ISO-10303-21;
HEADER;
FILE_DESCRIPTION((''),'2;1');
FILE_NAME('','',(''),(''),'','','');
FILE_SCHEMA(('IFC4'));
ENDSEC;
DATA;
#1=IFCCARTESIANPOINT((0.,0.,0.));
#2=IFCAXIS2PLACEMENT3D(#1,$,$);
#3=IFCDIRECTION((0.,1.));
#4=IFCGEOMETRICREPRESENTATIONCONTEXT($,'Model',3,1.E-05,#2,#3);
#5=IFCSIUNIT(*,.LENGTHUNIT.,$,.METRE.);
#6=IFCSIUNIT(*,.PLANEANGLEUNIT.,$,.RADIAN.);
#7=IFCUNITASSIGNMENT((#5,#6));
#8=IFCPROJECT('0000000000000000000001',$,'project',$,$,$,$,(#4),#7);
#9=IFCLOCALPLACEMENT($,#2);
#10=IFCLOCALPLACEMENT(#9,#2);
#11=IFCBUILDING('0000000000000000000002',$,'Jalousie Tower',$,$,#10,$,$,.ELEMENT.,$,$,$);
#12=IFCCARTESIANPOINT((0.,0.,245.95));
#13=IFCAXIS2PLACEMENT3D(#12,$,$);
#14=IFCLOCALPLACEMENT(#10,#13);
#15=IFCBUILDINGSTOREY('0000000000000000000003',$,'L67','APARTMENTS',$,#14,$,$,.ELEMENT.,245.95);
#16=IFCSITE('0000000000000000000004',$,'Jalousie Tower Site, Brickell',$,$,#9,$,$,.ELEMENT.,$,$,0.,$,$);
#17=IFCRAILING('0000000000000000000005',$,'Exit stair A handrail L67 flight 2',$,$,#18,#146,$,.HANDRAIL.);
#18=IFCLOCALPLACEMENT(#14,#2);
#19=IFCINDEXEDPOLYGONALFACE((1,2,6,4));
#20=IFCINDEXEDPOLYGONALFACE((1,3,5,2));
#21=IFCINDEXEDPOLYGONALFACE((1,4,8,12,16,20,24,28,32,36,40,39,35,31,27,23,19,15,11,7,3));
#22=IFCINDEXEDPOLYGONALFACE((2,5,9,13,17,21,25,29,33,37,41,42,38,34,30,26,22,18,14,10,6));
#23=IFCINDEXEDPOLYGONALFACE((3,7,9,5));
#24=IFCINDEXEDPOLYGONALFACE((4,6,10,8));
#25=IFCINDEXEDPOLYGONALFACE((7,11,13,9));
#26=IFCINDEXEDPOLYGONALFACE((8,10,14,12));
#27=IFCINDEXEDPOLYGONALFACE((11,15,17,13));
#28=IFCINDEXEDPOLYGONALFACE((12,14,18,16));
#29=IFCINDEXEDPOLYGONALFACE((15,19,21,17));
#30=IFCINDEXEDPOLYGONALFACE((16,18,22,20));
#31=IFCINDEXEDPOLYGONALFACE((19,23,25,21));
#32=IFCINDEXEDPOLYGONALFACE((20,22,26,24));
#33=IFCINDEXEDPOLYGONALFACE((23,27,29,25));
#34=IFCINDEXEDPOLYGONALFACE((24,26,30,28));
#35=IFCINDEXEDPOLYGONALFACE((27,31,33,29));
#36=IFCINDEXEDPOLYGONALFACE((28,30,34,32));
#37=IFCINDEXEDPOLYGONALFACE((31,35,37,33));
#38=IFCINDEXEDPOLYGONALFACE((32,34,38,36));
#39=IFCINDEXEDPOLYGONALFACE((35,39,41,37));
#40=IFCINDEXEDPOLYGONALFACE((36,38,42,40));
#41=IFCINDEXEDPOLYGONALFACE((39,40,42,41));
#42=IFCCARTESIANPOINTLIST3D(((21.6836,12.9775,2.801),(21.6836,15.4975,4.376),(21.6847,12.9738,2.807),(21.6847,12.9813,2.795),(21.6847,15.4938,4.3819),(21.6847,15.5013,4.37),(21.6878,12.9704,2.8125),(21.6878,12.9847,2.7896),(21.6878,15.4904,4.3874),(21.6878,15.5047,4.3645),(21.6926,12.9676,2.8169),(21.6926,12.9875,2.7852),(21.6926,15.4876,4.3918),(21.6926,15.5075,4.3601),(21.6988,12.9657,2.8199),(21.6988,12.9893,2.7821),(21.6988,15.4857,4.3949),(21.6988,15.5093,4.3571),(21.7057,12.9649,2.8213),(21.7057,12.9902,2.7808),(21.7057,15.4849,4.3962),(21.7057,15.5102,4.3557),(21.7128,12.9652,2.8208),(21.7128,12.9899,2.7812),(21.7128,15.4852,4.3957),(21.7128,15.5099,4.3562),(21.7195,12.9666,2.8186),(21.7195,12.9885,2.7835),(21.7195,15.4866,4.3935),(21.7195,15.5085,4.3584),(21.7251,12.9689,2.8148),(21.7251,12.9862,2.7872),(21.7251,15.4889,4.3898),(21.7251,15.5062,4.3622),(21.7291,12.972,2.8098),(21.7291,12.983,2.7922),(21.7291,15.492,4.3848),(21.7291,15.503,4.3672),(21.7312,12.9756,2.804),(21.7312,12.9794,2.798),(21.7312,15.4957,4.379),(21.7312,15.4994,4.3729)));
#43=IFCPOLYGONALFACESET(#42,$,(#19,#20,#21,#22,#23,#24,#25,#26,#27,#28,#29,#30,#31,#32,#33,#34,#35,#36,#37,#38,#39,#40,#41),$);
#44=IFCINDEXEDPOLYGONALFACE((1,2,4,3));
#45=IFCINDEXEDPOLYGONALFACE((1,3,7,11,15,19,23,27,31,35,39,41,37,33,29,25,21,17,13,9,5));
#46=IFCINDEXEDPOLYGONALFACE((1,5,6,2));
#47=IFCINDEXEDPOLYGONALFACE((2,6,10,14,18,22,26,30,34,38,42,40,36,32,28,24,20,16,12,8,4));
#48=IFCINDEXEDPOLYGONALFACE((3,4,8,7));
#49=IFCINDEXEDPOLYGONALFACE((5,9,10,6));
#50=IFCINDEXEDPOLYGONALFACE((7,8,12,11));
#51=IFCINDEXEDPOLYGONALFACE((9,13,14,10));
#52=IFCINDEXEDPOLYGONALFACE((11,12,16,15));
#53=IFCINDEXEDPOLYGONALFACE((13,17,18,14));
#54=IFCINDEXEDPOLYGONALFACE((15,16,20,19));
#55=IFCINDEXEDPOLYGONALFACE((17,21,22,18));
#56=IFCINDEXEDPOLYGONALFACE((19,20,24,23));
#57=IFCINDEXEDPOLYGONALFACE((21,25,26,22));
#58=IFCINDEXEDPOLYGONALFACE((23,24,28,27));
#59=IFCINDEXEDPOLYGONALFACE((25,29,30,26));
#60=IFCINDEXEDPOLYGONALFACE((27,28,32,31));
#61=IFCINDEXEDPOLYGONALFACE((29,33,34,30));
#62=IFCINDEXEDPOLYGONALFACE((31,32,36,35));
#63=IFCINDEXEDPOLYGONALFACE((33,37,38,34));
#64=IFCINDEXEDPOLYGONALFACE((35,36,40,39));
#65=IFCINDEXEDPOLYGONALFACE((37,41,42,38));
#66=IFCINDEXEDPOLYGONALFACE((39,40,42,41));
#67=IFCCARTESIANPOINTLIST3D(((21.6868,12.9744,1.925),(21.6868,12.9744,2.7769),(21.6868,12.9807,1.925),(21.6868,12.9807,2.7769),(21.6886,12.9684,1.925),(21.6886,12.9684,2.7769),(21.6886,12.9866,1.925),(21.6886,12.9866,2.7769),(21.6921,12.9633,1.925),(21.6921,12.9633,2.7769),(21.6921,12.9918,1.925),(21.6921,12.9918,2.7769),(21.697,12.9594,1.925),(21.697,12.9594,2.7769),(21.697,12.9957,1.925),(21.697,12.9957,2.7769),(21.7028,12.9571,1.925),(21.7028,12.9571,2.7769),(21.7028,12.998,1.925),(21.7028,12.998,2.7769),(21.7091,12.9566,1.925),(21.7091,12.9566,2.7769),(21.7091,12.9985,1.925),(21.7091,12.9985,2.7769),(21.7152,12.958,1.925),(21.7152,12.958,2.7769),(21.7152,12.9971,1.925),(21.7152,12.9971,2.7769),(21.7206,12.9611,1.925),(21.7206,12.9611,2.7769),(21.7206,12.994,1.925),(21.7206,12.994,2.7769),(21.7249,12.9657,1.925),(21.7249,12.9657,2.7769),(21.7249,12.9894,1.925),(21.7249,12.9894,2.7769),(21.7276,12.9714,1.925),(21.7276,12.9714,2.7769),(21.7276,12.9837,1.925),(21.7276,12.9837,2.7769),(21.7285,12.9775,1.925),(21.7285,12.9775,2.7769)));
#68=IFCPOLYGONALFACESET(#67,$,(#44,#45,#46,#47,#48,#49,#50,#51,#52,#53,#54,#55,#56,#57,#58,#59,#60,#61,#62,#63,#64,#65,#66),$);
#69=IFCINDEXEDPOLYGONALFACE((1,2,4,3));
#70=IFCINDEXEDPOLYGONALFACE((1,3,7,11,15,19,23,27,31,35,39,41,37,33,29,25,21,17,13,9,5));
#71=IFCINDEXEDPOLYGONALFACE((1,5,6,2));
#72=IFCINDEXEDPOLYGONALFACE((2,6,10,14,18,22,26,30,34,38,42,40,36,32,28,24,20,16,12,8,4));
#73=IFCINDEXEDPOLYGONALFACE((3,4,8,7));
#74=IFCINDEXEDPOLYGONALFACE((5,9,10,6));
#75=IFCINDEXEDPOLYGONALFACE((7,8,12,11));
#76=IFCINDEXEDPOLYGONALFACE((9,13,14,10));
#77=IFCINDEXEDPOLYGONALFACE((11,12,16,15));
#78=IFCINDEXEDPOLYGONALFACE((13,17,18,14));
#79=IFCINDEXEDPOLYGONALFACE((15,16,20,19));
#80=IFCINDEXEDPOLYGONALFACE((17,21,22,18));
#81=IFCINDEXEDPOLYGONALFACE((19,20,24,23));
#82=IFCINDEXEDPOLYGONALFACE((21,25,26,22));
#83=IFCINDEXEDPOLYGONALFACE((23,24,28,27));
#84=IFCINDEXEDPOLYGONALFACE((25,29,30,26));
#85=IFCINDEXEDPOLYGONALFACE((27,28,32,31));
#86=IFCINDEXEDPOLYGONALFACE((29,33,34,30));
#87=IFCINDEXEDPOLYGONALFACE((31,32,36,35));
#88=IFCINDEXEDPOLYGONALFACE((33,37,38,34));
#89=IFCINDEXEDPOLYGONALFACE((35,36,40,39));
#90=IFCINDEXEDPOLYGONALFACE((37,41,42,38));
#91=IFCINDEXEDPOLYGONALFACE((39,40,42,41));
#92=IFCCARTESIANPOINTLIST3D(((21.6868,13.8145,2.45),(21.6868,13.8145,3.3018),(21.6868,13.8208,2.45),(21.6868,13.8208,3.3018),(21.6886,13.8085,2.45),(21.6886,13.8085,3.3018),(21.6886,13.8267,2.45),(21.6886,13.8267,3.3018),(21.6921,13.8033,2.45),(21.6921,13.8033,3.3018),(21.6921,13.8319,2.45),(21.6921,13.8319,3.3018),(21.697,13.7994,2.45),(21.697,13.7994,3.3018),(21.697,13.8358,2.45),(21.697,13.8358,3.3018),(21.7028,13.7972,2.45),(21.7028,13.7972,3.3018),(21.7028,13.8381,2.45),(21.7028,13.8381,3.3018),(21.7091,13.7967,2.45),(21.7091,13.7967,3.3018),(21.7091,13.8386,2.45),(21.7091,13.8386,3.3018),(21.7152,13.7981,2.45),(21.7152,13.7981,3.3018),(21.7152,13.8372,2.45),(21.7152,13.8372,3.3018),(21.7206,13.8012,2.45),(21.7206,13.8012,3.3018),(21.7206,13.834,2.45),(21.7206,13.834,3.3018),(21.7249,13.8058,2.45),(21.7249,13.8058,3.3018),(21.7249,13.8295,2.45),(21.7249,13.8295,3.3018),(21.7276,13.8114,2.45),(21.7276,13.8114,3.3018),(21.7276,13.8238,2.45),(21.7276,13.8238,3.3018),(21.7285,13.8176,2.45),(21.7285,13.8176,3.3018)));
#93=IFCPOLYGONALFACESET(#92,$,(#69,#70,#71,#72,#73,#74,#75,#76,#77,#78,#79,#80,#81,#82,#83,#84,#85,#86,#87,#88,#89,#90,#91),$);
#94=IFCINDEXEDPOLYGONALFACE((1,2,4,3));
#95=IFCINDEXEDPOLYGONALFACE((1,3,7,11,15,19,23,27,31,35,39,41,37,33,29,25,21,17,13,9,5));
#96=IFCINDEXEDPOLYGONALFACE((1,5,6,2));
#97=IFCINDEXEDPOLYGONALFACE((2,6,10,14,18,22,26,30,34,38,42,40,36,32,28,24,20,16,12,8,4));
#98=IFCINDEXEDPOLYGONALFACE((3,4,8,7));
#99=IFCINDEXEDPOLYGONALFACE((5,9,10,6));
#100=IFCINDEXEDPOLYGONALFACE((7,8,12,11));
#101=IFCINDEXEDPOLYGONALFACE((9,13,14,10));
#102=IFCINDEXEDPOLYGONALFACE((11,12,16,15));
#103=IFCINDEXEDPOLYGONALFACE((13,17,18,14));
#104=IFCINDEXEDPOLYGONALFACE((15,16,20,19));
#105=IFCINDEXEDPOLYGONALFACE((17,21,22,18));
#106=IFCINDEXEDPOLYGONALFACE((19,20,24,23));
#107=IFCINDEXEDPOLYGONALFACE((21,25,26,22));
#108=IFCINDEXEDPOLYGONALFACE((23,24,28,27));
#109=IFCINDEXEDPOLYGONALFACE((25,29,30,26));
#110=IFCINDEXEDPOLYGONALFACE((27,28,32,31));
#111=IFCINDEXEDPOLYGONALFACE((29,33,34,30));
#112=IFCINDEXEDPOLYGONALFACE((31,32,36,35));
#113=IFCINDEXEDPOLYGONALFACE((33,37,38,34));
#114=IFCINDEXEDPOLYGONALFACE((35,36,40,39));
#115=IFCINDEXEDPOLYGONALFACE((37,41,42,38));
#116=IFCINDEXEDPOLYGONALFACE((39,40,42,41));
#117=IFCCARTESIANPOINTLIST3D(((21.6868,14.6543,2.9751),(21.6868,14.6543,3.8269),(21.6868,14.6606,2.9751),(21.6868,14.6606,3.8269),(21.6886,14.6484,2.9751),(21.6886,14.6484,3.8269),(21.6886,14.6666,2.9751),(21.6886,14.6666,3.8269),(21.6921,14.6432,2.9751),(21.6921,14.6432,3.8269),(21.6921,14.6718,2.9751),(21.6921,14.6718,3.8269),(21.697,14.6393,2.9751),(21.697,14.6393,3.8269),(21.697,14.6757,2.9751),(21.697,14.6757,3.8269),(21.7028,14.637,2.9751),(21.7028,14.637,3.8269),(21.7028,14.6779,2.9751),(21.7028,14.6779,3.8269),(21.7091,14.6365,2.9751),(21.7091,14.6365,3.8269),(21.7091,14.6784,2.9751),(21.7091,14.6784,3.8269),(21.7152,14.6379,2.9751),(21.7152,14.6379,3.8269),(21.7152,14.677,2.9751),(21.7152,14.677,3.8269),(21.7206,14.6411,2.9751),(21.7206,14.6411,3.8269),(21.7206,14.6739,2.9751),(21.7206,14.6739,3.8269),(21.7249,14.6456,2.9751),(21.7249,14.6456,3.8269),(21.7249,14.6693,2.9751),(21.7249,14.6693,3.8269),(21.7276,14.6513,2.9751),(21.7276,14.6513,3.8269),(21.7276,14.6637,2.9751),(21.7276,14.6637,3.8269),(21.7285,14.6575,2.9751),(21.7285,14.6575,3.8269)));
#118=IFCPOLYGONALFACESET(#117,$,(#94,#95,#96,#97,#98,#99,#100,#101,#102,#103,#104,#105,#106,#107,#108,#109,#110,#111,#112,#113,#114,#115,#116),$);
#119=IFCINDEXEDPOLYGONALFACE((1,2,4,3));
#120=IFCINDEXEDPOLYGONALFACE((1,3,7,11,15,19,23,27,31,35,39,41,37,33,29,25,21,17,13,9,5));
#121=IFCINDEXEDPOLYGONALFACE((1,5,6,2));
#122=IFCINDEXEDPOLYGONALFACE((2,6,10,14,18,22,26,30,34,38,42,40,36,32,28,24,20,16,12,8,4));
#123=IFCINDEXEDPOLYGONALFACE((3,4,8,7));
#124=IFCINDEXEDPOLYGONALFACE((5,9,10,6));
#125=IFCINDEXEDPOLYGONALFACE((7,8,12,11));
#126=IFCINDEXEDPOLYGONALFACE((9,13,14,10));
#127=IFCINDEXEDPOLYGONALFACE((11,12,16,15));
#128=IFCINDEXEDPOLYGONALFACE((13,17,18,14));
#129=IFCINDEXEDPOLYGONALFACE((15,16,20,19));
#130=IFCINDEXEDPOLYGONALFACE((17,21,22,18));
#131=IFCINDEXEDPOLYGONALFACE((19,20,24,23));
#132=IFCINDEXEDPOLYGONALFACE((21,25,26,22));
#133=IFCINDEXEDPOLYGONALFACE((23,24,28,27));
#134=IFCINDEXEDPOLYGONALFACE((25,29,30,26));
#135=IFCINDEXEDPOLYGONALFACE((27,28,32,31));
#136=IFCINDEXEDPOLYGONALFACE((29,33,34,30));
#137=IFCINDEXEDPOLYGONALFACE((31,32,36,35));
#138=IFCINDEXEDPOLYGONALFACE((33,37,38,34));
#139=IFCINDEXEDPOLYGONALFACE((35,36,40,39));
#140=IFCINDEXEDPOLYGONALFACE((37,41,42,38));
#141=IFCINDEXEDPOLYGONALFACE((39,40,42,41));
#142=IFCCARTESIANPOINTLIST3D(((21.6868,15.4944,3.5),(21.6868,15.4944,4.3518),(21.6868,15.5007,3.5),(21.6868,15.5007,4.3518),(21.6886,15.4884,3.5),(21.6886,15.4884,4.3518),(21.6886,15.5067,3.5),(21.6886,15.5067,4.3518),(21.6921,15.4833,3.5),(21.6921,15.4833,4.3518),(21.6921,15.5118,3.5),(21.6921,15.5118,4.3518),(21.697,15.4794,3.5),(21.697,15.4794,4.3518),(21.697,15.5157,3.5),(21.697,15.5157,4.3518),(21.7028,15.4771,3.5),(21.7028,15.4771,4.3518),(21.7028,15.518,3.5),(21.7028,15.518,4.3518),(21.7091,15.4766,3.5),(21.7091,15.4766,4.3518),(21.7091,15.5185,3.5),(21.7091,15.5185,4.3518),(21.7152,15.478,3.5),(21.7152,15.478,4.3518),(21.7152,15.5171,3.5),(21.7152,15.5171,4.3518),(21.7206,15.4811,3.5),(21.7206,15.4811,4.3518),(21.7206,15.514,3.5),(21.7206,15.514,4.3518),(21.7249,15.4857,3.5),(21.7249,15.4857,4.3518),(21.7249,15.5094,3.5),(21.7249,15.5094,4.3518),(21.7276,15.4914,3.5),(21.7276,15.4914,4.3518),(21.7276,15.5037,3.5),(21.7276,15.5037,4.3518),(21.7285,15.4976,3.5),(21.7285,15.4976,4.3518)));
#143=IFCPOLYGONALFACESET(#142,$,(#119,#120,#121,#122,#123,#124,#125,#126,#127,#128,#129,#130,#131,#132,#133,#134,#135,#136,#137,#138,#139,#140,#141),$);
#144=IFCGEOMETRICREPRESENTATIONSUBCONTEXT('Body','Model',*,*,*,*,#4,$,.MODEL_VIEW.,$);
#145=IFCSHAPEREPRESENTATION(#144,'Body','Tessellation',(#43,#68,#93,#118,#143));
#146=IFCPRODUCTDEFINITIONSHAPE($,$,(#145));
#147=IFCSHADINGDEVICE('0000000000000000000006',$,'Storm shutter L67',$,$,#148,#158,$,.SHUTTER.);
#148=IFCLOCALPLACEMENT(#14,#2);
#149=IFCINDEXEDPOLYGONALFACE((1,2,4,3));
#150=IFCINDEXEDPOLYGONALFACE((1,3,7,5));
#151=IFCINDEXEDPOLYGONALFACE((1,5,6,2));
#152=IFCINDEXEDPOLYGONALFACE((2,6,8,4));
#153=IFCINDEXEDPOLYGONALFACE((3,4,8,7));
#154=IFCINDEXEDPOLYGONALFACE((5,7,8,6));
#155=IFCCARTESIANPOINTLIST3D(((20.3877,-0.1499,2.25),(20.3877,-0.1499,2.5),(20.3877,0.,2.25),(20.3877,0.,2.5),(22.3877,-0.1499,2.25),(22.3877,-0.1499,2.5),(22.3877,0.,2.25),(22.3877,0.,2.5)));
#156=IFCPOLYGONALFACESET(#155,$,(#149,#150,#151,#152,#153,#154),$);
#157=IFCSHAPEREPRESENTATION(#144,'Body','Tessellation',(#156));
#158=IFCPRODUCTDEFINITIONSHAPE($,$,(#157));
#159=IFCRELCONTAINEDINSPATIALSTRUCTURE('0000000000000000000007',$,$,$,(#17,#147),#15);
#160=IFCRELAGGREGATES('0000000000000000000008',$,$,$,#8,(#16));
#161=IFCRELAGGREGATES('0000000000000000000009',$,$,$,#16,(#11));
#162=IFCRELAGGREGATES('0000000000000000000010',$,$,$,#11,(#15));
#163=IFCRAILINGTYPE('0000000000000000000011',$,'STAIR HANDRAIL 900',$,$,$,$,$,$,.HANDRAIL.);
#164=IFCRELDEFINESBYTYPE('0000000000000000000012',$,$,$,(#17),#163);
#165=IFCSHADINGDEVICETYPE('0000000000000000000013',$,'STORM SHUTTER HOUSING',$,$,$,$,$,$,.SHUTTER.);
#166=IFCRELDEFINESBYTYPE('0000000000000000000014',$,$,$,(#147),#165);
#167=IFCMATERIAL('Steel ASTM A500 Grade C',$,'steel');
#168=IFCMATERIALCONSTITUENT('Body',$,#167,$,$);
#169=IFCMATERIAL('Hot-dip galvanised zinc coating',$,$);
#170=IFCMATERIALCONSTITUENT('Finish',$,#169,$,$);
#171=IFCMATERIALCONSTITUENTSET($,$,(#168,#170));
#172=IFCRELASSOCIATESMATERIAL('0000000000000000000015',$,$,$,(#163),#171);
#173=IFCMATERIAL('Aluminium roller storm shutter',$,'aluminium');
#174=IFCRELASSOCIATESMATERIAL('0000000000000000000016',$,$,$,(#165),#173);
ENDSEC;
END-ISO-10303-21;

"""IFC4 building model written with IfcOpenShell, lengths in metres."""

from ifc_helpers import new_model, si_unit, direction, frame, origin, origin_2d, place, context, subcontext, project, spatial, rectangle, circle, extrude, material, constituent, constituent_set, type_object, element, save


model = new_model("IFC4")

# Units and contexts
model_context = context("Model", 3, precision=1e-05, world=origin(), true_north=direction((0.0, 1.0)))
body_context = subcontext(model_context, "Body", "Model", "MODEL_VIEW")
ifc_project = project(units=[si_unit("LENGTHUNIT", "METRE"), si_unit("PLANEANGLEUNIT", "RADIAN")], contexts=[model_context])

# Site, building, storey
site_placement = place(None, origin())
site = spatial("IfcSite", under=ifc_project, at=site_placement, Name="Jalousie Tower Site, Brickell", CompositionType="ELEMENT", RefElevation=0.0)
building_placement = place(site_placement, origin())
building = spatial("IfcBuilding", under=site, at=building_placement, Name="Jalousie Tower", CompositionType="ELEMENT")
storey_placement = place(building_placement, frame((0.0, 0.0, 245.95)))
storey = spatial("IfcBuildingStorey", under=building, at=storey_placement, Name="L67", Description="APARTMENTS", CompositionType="ELEMENT", Elevation=245.95)

# Railing
ifc_material_1 = material(Name="Steel ASTM A500 Grade C", Category="steel")
ifc_constituent_1 = constituent(ifc_material_1, Name="Body")
ifc_material_2 = material(Name="Hot-dip galvanised zinc coating")
ifc_constituent_2 = constituent(ifc_material_2, Name="Finish")
ifc_constituent_set_1 = constituent_set(constituents=[ifc_constituent_1, ifc_constituent_2])
railing_type_1 = type_object("IfcRailingType", Name="STAIR HANDRAIL 900", PredefinedType="HANDRAIL", material=ifc_constituent_set_1)
railing_1_placement = place(storey_placement, frame((21.7075, 12.9775, 1.925)))
element("IfcRailing", 1, at=railing_1_placement, inside=storey, type_object=railing_type_1, Name="Exit stair A handrail L67 flight 2", PredefinedType="HANDRAIL", context=body_context, shape_type="SweptSolid", body=[
    extrude(circle(Radius=0.0239, at=origin_2d()), frame((0.0, 0.0, 0.876), z_axis=(0.0, 0.848008, 0.529984), x_axis=(-1.0, 0.0, 0.0)), (0.0, 0.0, 1.0), 2.9717),
    extrude(circle(Radius=0.021, at=origin_2d()), origin(), (0.0, 0.0, 1.0), 0.8518),
    extrude(circle(Radius=0.021, at=origin_2d()), frame((0.0, 0.8401, 0.5249)), (0.0, 0.0, 1.0), 0.8518),
    extrude(circle(Radius=0.021, at=origin_2d()), frame((0.0, 1.6799, 1.05)), (0.0, 0.0, 1.0), 0.8518),
    extrude(circle(Radius=0.021, at=origin_2d()), frame((0.0, 2.52, 1.575)), (0.0, 0.0, 1.0), 0.8518),
])

# Shading device
ifc_material_3 = material(Name="Aluminium roller storm shutter", Category="aluminium")
shading_device_type = type_object("IfcShadingDeviceType", Name="STORM SHUTTER HOUSING", PredefinedType="SHUTTER", material=ifc_material_3)
shading_device_placement = place(storey_placement, frame((21.3877, -0.075, 2.25), z_axis=(0.0, 0.0, 1.0), x_axis=(1.0, 0.0, 0.0)))
element("IfcShadingDevice", 2, at=shading_device_placement, inside=storey, type_object=shading_device_type, Name="Storm shutter L67", PredefinedType="SHUTTER", context=body_context, shape_type="SweptSolid", body=[
    extrude(rectangle(XDim=2.0, YDim=0.1499, at=origin_2d()), origin(), (0.0, 0.0, 1.0), 0.25),
])

save(model, "model.ifc")
